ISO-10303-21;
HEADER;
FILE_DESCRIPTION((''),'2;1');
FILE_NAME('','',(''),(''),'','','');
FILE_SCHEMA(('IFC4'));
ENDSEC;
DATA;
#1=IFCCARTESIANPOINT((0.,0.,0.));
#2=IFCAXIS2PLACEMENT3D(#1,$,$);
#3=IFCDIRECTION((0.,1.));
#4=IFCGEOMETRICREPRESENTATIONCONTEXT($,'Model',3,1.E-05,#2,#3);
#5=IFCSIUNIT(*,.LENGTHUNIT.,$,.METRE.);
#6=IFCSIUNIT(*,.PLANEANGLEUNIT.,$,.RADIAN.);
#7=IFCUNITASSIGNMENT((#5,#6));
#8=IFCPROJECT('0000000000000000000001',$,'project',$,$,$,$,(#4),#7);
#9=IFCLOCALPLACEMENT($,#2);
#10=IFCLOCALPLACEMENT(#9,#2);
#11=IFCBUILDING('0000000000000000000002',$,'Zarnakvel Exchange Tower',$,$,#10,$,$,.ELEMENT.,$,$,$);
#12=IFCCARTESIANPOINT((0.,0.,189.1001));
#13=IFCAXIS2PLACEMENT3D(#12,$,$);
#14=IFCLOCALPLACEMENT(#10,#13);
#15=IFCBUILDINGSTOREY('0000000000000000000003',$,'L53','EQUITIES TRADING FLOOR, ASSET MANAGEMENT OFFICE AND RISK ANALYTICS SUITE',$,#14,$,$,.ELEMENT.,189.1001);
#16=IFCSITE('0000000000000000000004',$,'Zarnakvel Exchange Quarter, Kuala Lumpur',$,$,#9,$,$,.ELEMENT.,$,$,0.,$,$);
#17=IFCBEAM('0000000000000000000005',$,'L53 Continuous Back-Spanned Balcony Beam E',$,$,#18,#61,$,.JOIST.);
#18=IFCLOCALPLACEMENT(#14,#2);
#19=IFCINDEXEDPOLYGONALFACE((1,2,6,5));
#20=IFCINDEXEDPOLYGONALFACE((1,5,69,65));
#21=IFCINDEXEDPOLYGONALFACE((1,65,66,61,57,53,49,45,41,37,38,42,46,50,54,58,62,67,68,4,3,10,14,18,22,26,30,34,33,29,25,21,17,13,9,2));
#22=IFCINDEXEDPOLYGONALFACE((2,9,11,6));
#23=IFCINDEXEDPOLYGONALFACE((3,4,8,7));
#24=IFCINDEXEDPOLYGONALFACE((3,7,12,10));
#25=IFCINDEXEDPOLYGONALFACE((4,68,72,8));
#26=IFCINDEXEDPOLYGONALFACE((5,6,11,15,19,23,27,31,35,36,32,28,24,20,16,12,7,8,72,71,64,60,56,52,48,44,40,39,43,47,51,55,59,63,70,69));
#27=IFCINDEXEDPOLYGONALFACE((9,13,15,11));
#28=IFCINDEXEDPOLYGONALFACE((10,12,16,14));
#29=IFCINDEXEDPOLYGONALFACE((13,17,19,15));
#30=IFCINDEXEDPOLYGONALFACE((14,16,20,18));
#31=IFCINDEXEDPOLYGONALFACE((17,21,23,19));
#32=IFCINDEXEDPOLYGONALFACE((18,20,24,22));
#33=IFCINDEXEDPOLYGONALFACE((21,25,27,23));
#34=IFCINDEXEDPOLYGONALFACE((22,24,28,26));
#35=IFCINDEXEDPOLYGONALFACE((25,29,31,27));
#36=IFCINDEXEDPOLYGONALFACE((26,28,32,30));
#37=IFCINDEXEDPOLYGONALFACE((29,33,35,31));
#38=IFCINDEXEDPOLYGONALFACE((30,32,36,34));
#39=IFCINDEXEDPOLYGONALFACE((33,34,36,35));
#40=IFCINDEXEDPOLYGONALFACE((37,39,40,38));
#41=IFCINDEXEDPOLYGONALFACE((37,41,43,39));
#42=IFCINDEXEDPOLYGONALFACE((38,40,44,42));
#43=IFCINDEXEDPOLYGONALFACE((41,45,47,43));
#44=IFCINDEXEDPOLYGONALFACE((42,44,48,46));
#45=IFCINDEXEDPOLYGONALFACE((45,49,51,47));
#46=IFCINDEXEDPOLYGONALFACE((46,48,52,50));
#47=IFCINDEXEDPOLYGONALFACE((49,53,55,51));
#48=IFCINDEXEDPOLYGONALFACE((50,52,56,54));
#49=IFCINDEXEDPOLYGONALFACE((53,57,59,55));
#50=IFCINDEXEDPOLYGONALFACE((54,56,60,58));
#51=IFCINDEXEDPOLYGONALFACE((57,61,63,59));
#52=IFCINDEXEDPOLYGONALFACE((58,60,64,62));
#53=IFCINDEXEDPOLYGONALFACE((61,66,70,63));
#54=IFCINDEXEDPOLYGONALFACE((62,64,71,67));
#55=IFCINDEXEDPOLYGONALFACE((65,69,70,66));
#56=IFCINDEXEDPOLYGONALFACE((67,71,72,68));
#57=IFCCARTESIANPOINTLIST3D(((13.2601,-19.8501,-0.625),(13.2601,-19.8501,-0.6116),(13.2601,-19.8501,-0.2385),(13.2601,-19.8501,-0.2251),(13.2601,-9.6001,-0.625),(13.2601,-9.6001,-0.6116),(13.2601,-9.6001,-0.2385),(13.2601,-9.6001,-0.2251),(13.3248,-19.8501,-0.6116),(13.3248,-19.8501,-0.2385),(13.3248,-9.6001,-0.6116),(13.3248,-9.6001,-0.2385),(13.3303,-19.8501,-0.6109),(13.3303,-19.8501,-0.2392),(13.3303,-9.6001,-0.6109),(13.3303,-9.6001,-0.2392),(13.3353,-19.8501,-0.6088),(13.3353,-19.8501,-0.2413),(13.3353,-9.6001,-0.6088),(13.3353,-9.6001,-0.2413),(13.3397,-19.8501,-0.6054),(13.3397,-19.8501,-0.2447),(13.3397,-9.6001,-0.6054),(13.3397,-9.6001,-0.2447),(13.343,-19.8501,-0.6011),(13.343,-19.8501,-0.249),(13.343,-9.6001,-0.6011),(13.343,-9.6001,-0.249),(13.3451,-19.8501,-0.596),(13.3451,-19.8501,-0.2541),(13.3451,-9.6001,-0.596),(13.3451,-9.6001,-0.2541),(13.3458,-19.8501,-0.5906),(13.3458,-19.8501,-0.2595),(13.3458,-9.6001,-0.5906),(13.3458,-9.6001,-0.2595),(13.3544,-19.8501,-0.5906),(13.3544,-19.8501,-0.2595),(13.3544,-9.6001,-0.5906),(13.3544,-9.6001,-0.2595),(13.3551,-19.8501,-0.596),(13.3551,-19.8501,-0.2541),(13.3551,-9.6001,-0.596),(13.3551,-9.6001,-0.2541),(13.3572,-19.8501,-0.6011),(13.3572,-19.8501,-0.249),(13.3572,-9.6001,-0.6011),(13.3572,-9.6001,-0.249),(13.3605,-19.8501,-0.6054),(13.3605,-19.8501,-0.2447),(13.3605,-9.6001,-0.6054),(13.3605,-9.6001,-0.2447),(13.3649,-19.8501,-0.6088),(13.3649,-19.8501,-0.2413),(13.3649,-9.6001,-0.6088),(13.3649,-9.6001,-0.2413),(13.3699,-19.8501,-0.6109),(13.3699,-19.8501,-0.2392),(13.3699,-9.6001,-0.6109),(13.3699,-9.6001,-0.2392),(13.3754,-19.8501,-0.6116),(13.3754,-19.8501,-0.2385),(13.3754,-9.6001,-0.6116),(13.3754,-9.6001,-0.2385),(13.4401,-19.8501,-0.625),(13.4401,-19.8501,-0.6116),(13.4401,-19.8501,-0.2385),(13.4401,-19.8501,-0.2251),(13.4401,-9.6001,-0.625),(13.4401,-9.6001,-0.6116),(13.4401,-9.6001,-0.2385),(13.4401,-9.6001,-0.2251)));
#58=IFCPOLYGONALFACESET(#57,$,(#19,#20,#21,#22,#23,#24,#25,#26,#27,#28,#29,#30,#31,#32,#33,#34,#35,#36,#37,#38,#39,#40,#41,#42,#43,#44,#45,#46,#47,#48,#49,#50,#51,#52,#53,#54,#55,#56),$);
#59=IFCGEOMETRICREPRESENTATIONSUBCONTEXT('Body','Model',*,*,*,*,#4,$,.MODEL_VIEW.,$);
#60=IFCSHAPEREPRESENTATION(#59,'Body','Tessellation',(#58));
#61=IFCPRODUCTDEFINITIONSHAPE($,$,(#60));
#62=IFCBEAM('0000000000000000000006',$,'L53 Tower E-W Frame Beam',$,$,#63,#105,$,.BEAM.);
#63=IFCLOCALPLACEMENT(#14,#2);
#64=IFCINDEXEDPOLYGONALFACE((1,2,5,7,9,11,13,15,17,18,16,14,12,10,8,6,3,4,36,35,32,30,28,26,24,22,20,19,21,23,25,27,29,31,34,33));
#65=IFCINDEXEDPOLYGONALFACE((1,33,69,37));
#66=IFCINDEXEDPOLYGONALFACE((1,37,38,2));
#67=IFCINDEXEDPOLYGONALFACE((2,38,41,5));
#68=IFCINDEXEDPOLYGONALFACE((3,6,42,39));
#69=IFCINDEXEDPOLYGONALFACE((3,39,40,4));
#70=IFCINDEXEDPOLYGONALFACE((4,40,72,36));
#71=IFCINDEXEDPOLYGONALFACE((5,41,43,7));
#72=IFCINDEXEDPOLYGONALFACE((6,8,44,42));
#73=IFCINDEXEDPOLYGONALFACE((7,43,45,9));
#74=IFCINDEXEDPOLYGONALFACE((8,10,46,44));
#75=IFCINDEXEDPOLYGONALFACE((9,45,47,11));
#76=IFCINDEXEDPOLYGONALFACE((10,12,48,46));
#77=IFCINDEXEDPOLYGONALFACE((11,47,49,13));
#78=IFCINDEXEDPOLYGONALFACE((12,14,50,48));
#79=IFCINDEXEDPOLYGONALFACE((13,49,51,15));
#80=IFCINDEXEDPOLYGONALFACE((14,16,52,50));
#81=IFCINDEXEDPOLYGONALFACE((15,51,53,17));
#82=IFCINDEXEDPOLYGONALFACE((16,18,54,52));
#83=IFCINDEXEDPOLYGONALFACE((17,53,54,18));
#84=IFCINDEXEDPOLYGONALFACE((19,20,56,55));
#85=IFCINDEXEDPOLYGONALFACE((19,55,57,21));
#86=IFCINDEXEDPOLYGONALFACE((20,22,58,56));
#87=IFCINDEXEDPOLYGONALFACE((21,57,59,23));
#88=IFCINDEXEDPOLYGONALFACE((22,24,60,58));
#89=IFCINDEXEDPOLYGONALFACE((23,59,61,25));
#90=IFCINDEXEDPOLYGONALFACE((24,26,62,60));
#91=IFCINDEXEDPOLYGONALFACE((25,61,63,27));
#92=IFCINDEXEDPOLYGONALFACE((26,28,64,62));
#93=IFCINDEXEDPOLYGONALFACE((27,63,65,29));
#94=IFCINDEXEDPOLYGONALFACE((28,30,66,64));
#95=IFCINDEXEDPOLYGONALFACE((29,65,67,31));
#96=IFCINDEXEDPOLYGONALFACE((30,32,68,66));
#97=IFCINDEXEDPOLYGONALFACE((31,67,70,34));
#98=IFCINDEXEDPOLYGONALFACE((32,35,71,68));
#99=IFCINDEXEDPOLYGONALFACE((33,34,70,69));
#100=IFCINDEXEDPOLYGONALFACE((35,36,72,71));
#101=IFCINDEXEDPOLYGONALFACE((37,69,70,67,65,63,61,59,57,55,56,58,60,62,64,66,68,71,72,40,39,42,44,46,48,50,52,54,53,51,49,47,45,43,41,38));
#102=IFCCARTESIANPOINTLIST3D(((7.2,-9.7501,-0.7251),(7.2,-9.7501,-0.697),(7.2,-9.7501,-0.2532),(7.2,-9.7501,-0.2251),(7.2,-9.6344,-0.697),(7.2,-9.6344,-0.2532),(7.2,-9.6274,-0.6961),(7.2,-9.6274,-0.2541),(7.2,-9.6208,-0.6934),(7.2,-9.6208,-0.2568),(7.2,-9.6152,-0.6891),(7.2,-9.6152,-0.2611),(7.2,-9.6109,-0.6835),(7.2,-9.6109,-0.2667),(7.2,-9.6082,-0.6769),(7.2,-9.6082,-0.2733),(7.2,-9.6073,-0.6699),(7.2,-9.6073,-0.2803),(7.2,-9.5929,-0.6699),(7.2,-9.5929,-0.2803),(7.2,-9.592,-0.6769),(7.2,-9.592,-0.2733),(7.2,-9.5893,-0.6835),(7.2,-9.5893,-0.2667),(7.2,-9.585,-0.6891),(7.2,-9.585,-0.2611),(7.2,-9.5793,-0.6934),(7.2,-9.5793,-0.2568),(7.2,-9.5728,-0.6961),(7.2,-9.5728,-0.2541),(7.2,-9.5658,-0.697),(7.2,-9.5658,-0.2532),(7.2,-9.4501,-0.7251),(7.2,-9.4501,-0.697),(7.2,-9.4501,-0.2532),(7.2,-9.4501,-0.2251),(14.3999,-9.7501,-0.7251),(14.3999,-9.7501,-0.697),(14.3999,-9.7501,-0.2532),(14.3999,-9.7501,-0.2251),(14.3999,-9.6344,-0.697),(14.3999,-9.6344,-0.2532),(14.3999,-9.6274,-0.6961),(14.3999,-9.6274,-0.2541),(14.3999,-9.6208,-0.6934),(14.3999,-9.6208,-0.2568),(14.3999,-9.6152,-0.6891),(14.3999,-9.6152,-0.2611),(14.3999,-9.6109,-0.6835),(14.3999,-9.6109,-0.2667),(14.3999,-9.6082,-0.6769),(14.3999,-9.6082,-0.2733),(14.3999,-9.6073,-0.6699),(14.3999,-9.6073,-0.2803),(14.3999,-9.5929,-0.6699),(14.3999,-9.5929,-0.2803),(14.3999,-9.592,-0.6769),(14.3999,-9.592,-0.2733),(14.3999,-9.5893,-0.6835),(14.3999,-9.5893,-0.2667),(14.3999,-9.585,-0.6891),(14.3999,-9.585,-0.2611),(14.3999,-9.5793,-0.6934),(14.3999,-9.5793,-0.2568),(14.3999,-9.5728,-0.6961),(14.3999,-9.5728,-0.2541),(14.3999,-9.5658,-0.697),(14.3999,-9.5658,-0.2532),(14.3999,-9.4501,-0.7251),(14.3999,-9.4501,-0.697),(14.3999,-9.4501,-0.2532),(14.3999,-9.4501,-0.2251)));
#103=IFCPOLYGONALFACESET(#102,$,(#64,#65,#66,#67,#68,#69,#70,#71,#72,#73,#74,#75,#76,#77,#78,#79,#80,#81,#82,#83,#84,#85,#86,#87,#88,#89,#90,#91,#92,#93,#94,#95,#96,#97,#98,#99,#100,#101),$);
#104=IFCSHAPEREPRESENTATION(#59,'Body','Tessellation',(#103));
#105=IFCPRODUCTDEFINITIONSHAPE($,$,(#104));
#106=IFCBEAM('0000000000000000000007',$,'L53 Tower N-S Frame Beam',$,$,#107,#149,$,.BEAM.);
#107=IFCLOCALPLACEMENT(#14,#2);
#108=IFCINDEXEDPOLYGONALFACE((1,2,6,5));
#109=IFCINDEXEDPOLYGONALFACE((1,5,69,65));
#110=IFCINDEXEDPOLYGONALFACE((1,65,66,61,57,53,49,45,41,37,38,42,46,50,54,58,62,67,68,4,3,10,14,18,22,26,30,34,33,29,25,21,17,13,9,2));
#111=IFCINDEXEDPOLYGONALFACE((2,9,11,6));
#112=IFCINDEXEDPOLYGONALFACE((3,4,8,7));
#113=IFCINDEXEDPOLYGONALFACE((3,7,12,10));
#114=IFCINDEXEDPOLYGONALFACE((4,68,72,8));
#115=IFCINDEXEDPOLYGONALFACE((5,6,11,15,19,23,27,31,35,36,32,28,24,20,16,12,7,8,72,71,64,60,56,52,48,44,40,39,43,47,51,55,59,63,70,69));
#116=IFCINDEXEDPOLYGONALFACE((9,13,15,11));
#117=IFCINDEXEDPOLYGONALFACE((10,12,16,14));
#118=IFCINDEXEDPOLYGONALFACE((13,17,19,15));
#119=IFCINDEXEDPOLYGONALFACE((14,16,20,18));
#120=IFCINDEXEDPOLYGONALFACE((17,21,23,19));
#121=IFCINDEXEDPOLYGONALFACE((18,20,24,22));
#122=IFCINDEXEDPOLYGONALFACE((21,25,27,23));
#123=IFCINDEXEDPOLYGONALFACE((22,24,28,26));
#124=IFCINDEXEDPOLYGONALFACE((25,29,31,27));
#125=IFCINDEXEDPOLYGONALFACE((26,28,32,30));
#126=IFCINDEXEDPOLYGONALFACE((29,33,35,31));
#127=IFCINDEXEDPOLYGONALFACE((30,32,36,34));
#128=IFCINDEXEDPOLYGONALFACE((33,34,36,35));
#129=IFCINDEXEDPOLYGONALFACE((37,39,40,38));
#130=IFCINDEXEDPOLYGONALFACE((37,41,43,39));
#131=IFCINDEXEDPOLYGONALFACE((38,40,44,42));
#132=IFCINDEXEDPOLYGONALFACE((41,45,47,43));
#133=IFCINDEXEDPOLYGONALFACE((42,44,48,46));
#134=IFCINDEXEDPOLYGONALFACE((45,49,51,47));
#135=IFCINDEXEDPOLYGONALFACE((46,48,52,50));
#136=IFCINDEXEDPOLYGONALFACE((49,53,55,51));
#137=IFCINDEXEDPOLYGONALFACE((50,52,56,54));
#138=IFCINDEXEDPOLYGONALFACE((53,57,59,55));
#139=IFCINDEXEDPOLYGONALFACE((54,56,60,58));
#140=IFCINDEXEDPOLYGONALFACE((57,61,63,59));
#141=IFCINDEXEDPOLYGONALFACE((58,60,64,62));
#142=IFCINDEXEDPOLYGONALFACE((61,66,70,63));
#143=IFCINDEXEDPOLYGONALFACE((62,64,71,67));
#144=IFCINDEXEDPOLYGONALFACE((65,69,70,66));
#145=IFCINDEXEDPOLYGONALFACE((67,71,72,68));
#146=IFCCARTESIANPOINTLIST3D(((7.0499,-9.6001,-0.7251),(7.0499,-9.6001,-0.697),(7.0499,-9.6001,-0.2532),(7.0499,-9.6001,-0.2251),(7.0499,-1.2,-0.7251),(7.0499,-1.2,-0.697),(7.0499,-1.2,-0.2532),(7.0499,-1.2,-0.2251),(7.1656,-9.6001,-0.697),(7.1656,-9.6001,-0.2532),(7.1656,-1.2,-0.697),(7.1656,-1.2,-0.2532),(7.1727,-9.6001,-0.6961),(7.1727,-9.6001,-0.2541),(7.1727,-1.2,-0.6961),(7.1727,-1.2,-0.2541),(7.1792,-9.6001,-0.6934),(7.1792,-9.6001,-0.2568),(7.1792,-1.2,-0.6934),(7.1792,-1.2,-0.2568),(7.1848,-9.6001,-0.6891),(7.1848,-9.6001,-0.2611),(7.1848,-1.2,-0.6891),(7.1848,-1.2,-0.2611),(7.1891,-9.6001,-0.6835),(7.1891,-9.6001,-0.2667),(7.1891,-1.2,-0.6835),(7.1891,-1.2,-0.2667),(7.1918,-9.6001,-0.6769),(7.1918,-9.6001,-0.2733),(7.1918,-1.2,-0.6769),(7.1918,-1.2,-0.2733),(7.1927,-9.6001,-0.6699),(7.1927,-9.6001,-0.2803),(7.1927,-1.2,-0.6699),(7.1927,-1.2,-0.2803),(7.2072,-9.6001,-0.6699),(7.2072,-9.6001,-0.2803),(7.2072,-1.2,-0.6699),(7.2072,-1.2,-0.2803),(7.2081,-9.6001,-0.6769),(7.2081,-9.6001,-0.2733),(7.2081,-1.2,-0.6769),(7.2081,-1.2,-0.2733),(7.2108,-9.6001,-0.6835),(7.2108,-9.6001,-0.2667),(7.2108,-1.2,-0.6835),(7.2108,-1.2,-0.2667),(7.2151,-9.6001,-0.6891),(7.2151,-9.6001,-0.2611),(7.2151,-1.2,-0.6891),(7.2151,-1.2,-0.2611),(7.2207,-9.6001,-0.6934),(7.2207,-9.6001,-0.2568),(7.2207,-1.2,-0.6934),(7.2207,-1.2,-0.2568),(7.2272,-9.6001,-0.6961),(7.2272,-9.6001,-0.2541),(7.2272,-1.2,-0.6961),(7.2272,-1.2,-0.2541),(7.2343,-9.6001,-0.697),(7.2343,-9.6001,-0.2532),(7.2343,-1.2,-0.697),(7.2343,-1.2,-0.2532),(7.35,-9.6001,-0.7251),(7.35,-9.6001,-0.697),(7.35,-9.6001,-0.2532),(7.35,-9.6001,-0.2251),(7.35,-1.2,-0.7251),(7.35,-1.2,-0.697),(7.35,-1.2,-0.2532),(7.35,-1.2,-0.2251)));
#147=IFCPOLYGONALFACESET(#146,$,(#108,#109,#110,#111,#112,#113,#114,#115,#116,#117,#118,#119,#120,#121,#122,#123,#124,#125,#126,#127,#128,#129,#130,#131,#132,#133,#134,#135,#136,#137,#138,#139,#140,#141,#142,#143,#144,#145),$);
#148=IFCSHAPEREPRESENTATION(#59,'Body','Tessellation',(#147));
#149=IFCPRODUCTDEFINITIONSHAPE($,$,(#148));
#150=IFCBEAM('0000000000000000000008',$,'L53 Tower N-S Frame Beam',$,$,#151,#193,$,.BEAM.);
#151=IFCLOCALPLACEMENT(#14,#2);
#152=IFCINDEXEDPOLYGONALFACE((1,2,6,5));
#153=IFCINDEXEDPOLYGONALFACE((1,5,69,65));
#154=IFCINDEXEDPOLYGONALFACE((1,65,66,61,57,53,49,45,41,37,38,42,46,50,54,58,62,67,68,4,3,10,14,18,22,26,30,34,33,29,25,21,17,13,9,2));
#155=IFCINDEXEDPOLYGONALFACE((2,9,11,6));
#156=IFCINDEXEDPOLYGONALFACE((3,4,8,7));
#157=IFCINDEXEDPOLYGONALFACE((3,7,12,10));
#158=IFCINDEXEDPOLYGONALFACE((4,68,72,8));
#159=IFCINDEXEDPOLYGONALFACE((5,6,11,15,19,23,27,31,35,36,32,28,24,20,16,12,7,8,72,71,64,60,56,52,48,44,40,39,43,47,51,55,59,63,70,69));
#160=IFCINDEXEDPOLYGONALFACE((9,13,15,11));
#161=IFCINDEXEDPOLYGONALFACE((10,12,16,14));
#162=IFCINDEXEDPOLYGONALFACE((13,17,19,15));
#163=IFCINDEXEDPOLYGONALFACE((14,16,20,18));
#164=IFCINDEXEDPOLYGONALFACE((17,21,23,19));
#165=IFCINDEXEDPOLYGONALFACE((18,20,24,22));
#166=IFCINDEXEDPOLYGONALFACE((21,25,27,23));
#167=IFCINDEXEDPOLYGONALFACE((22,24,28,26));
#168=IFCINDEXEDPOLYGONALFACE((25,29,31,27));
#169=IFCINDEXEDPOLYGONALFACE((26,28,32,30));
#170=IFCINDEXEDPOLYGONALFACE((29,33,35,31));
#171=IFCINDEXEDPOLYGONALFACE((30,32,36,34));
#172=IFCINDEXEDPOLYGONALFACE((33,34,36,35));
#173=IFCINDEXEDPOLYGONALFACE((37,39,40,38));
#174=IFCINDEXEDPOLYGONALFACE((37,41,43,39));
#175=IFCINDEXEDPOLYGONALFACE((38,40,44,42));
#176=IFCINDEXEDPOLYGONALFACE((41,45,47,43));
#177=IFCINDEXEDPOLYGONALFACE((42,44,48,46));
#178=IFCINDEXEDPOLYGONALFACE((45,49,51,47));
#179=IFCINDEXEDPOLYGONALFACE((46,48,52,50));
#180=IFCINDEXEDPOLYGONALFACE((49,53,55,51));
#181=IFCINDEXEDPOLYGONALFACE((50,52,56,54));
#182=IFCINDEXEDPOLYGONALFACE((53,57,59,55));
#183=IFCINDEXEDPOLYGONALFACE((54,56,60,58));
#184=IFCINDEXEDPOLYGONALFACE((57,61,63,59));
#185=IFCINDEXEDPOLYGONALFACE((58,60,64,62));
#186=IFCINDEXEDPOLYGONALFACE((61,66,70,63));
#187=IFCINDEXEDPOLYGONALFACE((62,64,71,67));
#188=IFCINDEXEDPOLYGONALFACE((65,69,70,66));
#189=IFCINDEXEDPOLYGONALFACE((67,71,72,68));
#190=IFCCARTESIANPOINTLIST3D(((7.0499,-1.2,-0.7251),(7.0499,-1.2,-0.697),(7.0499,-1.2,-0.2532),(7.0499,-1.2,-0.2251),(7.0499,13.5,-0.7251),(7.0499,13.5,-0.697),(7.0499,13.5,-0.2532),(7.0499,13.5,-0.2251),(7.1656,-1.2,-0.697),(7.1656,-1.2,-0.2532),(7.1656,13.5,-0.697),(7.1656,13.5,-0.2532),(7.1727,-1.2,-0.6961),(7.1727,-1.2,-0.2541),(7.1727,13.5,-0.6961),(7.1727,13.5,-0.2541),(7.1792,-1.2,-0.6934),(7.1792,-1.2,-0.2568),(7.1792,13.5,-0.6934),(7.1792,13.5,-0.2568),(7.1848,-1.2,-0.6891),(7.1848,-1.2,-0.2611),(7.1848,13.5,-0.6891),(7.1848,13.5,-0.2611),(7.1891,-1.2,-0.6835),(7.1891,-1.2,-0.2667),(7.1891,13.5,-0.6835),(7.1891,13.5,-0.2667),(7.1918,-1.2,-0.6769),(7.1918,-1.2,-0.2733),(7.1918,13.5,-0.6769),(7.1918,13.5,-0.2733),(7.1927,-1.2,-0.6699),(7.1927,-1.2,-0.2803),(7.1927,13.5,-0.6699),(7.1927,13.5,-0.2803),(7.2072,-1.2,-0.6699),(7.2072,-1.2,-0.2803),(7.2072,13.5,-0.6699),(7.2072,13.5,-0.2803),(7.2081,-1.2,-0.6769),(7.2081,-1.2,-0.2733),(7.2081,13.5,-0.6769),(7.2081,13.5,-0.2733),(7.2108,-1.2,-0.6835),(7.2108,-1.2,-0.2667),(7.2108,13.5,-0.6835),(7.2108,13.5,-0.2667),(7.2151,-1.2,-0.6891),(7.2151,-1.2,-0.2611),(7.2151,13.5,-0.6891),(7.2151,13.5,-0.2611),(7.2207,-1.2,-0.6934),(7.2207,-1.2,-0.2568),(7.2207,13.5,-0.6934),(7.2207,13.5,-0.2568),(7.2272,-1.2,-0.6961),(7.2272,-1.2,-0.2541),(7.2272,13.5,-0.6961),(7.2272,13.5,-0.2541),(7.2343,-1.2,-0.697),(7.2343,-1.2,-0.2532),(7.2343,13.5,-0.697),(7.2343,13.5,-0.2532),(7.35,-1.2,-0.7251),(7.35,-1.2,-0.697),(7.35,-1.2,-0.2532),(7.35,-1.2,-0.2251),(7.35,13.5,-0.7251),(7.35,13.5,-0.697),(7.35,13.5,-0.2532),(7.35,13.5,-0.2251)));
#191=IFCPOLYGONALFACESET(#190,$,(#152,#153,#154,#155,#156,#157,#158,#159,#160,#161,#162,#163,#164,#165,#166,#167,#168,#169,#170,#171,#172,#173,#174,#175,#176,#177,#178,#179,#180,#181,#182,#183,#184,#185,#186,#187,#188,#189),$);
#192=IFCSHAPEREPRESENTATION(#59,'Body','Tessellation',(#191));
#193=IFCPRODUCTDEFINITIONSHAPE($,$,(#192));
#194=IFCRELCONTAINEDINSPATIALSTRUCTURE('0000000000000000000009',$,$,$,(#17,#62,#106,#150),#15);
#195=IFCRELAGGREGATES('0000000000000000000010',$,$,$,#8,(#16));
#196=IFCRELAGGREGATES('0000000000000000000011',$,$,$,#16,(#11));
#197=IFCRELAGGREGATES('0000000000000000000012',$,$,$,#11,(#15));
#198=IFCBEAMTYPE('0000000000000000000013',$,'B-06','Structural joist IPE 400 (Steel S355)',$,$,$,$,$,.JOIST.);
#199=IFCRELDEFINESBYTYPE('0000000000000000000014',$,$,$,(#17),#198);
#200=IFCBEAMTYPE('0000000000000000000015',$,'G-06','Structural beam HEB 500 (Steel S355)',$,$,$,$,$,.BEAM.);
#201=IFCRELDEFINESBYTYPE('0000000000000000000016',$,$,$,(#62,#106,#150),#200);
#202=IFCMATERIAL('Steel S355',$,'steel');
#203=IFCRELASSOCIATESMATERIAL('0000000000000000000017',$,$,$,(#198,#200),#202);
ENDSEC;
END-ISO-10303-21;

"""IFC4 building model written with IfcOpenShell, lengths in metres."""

from ifc_helpers import new_model, si_unit, direction, frame, origin, origin_2d, place, context, subcontext, project, spatial, i_section, extrude, material, material_profile, profile_set, type_object, element, save


model = new_model("IFC4")

# Units and contexts
model_context = context("Model", 3, precision=1e-05, world=origin(), true_north=direction((0.0, 1.0)))
body_context = subcontext(model_context, "Body", "Model", "MODEL_VIEW")
ifc_project = project(units=[si_unit("LENGTHUNIT", "METRE"), si_unit("PLANEANGLEUNIT", "RADIAN")], contexts=[model_context])

# Site, building, storey
site_placement = place(None, origin())
site = spatial("IfcSite", under=ifc_project, at=site_placement, Name="Zarnakvel Exchange Quarter, Kuala Lumpur", CompositionType="ELEMENT", RefElevation=0.0)
building_placement = place(site_placement, origin())
building = spatial("IfcBuilding", under=site, at=building_placement, Name="Zarnakvel Exchange Tower", CompositionType="ELEMENT")
storey_placement = place(building_placement, frame((0.0, 0.0, 189.1001)))
storey = spatial("IfcBuildingStorey", under=building, at=storey_placement, Name="L53", Description="EQUITIES TRADING FLOOR, ASSET MANAGEMENT OFFICE AND RISK ANALYTICS SUITE", CompositionType="ELEMENT", Elevation=189.1001)

# Beams
ifc_material_1 = material(Name="Steel S355", Category="steel")
ifc_material_profile_1 = material_profile(ifc_material_1, i_section(OverallWidth=0.1799, OverallDepth=0.3999, WebThickness=0.0085, FlangeThickness=0.0134, FilletRadius=0.021, at=origin_2d()))
ifc_profile_set_1 = profile_set([ifc_material_profile_1], Name="Steel S355")
beam_type_1 = type_object("IfcBeamType", Name="B-06", Description="Structural joist IPE 400 (Steel S355)", PredefinedType="JOIST", material=ifc_profile_set_1)
for number, where, z_axis, x_axis, name in (
    (1, (13.3501, -9.6001, -0.425), (0.0, -1.0, 0.0), (1.0, 0.0, 0.0), "L53 Continuous Back-Spanned Balcony Beam E"),
):
    element("IfcBeam", number, at=place(storey_placement, frame(where, z_axis=z_axis, x_axis=x_axis)), inside=storey, type_object=beam_type_1, Name=name, PredefinedType="JOIST", context=body_context, shape_type="SweptSolid", body=[
        extrude(i_section(OverallWidth=0.1799, OverallDepth=0.3999, WebThickness=0.0085, FlangeThickness=0.0134, FilletRadius=0.021, at=origin_2d()), origin(), (0.0, 0.0, 1.0), 10.25),
    ])
ifc_material_profile_2 = material_profile(ifc_material_1, i_section(OverallWidth=0.3, OverallDepth=0.5, WebThickness=0.0144, FlangeThickness=0.0281, FilletRadius=0.0271, at=origin_2d()))
ifc_profile_set_2 = profile_set([ifc_material_profile_2], Name="Steel S355")
beam_type_2 = type_object("IfcBeamType", Name="G-06", Description="Structural beam HEB 500 (Steel S355)", PredefinedType="BEAM", material=ifc_profile_set_2)
beam_1_placement = place(storey_placement, frame((7.2, -9.6001, -0.4751), z_axis=(1.0, 0.0, 0.0), x_axis=(0.0, 1.0, 0.0)))
element("IfcBeam", 2, at=beam_1_placement, inside=storey, type_object=beam_type_2, Name="L53 Tower E-W Frame Beam", PredefinedType="BEAM", context=body_context, shape_type="SweptSolid", body=[
    extrude(i_section(OverallWidth=0.3, OverallDepth=0.5, WebThickness=0.0144, FlangeThickness=0.0281, FilletRadius=0.0271, at=origin_2d()), origin(), (0.0, 0.0, 1.0), 7.2),
])
beam_2_placement = place(storey_placement, frame((7.2, -9.6001, -0.4751), z_axis=(0.0, 1.0, 0.0), x_axis=(-1.0, 0.0, 0.0)))
element("IfcBeam", 3, at=beam_2_placement, inside=storey, type_object=beam_type_2, Name="L53 Tower N-S Frame Beam", PredefinedType="BEAM", context=body_context, shape_type="SweptSolid", body=[
    extrude(i_section(OverallWidth=0.3, OverallDepth=0.5, WebThickness=0.0144, FlangeThickness=0.0281, FilletRadius=0.0271, at=origin_2d()), origin(), (0.0, 0.0, 1.0), 8.4001),
])
beam_3_placement = place(storey_placement, frame((7.2, -1.2, -0.4751), z_axis=(0.0, 1.0, 0.0), x_axis=(-1.0, 0.0, 0.0)))
element("IfcBeam", 4, at=beam_3_placement, inside=storey, type_object=beam_type_2, Name="L53 Tower N-S Frame Beam", PredefinedType="BEAM", context=body_context, shape_type="SweptSolid", body=[
    extrude(i_section(OverallWidth=0.3, OverallDepth=0.5, WebThickness=0.0144, FlangeThickness=0.0281, FilletRadius=0.0271, at=origin_2d()), origin(), (0.0, 0.0, 1.0), 14.7),
])

save(model, "model.ifc")
